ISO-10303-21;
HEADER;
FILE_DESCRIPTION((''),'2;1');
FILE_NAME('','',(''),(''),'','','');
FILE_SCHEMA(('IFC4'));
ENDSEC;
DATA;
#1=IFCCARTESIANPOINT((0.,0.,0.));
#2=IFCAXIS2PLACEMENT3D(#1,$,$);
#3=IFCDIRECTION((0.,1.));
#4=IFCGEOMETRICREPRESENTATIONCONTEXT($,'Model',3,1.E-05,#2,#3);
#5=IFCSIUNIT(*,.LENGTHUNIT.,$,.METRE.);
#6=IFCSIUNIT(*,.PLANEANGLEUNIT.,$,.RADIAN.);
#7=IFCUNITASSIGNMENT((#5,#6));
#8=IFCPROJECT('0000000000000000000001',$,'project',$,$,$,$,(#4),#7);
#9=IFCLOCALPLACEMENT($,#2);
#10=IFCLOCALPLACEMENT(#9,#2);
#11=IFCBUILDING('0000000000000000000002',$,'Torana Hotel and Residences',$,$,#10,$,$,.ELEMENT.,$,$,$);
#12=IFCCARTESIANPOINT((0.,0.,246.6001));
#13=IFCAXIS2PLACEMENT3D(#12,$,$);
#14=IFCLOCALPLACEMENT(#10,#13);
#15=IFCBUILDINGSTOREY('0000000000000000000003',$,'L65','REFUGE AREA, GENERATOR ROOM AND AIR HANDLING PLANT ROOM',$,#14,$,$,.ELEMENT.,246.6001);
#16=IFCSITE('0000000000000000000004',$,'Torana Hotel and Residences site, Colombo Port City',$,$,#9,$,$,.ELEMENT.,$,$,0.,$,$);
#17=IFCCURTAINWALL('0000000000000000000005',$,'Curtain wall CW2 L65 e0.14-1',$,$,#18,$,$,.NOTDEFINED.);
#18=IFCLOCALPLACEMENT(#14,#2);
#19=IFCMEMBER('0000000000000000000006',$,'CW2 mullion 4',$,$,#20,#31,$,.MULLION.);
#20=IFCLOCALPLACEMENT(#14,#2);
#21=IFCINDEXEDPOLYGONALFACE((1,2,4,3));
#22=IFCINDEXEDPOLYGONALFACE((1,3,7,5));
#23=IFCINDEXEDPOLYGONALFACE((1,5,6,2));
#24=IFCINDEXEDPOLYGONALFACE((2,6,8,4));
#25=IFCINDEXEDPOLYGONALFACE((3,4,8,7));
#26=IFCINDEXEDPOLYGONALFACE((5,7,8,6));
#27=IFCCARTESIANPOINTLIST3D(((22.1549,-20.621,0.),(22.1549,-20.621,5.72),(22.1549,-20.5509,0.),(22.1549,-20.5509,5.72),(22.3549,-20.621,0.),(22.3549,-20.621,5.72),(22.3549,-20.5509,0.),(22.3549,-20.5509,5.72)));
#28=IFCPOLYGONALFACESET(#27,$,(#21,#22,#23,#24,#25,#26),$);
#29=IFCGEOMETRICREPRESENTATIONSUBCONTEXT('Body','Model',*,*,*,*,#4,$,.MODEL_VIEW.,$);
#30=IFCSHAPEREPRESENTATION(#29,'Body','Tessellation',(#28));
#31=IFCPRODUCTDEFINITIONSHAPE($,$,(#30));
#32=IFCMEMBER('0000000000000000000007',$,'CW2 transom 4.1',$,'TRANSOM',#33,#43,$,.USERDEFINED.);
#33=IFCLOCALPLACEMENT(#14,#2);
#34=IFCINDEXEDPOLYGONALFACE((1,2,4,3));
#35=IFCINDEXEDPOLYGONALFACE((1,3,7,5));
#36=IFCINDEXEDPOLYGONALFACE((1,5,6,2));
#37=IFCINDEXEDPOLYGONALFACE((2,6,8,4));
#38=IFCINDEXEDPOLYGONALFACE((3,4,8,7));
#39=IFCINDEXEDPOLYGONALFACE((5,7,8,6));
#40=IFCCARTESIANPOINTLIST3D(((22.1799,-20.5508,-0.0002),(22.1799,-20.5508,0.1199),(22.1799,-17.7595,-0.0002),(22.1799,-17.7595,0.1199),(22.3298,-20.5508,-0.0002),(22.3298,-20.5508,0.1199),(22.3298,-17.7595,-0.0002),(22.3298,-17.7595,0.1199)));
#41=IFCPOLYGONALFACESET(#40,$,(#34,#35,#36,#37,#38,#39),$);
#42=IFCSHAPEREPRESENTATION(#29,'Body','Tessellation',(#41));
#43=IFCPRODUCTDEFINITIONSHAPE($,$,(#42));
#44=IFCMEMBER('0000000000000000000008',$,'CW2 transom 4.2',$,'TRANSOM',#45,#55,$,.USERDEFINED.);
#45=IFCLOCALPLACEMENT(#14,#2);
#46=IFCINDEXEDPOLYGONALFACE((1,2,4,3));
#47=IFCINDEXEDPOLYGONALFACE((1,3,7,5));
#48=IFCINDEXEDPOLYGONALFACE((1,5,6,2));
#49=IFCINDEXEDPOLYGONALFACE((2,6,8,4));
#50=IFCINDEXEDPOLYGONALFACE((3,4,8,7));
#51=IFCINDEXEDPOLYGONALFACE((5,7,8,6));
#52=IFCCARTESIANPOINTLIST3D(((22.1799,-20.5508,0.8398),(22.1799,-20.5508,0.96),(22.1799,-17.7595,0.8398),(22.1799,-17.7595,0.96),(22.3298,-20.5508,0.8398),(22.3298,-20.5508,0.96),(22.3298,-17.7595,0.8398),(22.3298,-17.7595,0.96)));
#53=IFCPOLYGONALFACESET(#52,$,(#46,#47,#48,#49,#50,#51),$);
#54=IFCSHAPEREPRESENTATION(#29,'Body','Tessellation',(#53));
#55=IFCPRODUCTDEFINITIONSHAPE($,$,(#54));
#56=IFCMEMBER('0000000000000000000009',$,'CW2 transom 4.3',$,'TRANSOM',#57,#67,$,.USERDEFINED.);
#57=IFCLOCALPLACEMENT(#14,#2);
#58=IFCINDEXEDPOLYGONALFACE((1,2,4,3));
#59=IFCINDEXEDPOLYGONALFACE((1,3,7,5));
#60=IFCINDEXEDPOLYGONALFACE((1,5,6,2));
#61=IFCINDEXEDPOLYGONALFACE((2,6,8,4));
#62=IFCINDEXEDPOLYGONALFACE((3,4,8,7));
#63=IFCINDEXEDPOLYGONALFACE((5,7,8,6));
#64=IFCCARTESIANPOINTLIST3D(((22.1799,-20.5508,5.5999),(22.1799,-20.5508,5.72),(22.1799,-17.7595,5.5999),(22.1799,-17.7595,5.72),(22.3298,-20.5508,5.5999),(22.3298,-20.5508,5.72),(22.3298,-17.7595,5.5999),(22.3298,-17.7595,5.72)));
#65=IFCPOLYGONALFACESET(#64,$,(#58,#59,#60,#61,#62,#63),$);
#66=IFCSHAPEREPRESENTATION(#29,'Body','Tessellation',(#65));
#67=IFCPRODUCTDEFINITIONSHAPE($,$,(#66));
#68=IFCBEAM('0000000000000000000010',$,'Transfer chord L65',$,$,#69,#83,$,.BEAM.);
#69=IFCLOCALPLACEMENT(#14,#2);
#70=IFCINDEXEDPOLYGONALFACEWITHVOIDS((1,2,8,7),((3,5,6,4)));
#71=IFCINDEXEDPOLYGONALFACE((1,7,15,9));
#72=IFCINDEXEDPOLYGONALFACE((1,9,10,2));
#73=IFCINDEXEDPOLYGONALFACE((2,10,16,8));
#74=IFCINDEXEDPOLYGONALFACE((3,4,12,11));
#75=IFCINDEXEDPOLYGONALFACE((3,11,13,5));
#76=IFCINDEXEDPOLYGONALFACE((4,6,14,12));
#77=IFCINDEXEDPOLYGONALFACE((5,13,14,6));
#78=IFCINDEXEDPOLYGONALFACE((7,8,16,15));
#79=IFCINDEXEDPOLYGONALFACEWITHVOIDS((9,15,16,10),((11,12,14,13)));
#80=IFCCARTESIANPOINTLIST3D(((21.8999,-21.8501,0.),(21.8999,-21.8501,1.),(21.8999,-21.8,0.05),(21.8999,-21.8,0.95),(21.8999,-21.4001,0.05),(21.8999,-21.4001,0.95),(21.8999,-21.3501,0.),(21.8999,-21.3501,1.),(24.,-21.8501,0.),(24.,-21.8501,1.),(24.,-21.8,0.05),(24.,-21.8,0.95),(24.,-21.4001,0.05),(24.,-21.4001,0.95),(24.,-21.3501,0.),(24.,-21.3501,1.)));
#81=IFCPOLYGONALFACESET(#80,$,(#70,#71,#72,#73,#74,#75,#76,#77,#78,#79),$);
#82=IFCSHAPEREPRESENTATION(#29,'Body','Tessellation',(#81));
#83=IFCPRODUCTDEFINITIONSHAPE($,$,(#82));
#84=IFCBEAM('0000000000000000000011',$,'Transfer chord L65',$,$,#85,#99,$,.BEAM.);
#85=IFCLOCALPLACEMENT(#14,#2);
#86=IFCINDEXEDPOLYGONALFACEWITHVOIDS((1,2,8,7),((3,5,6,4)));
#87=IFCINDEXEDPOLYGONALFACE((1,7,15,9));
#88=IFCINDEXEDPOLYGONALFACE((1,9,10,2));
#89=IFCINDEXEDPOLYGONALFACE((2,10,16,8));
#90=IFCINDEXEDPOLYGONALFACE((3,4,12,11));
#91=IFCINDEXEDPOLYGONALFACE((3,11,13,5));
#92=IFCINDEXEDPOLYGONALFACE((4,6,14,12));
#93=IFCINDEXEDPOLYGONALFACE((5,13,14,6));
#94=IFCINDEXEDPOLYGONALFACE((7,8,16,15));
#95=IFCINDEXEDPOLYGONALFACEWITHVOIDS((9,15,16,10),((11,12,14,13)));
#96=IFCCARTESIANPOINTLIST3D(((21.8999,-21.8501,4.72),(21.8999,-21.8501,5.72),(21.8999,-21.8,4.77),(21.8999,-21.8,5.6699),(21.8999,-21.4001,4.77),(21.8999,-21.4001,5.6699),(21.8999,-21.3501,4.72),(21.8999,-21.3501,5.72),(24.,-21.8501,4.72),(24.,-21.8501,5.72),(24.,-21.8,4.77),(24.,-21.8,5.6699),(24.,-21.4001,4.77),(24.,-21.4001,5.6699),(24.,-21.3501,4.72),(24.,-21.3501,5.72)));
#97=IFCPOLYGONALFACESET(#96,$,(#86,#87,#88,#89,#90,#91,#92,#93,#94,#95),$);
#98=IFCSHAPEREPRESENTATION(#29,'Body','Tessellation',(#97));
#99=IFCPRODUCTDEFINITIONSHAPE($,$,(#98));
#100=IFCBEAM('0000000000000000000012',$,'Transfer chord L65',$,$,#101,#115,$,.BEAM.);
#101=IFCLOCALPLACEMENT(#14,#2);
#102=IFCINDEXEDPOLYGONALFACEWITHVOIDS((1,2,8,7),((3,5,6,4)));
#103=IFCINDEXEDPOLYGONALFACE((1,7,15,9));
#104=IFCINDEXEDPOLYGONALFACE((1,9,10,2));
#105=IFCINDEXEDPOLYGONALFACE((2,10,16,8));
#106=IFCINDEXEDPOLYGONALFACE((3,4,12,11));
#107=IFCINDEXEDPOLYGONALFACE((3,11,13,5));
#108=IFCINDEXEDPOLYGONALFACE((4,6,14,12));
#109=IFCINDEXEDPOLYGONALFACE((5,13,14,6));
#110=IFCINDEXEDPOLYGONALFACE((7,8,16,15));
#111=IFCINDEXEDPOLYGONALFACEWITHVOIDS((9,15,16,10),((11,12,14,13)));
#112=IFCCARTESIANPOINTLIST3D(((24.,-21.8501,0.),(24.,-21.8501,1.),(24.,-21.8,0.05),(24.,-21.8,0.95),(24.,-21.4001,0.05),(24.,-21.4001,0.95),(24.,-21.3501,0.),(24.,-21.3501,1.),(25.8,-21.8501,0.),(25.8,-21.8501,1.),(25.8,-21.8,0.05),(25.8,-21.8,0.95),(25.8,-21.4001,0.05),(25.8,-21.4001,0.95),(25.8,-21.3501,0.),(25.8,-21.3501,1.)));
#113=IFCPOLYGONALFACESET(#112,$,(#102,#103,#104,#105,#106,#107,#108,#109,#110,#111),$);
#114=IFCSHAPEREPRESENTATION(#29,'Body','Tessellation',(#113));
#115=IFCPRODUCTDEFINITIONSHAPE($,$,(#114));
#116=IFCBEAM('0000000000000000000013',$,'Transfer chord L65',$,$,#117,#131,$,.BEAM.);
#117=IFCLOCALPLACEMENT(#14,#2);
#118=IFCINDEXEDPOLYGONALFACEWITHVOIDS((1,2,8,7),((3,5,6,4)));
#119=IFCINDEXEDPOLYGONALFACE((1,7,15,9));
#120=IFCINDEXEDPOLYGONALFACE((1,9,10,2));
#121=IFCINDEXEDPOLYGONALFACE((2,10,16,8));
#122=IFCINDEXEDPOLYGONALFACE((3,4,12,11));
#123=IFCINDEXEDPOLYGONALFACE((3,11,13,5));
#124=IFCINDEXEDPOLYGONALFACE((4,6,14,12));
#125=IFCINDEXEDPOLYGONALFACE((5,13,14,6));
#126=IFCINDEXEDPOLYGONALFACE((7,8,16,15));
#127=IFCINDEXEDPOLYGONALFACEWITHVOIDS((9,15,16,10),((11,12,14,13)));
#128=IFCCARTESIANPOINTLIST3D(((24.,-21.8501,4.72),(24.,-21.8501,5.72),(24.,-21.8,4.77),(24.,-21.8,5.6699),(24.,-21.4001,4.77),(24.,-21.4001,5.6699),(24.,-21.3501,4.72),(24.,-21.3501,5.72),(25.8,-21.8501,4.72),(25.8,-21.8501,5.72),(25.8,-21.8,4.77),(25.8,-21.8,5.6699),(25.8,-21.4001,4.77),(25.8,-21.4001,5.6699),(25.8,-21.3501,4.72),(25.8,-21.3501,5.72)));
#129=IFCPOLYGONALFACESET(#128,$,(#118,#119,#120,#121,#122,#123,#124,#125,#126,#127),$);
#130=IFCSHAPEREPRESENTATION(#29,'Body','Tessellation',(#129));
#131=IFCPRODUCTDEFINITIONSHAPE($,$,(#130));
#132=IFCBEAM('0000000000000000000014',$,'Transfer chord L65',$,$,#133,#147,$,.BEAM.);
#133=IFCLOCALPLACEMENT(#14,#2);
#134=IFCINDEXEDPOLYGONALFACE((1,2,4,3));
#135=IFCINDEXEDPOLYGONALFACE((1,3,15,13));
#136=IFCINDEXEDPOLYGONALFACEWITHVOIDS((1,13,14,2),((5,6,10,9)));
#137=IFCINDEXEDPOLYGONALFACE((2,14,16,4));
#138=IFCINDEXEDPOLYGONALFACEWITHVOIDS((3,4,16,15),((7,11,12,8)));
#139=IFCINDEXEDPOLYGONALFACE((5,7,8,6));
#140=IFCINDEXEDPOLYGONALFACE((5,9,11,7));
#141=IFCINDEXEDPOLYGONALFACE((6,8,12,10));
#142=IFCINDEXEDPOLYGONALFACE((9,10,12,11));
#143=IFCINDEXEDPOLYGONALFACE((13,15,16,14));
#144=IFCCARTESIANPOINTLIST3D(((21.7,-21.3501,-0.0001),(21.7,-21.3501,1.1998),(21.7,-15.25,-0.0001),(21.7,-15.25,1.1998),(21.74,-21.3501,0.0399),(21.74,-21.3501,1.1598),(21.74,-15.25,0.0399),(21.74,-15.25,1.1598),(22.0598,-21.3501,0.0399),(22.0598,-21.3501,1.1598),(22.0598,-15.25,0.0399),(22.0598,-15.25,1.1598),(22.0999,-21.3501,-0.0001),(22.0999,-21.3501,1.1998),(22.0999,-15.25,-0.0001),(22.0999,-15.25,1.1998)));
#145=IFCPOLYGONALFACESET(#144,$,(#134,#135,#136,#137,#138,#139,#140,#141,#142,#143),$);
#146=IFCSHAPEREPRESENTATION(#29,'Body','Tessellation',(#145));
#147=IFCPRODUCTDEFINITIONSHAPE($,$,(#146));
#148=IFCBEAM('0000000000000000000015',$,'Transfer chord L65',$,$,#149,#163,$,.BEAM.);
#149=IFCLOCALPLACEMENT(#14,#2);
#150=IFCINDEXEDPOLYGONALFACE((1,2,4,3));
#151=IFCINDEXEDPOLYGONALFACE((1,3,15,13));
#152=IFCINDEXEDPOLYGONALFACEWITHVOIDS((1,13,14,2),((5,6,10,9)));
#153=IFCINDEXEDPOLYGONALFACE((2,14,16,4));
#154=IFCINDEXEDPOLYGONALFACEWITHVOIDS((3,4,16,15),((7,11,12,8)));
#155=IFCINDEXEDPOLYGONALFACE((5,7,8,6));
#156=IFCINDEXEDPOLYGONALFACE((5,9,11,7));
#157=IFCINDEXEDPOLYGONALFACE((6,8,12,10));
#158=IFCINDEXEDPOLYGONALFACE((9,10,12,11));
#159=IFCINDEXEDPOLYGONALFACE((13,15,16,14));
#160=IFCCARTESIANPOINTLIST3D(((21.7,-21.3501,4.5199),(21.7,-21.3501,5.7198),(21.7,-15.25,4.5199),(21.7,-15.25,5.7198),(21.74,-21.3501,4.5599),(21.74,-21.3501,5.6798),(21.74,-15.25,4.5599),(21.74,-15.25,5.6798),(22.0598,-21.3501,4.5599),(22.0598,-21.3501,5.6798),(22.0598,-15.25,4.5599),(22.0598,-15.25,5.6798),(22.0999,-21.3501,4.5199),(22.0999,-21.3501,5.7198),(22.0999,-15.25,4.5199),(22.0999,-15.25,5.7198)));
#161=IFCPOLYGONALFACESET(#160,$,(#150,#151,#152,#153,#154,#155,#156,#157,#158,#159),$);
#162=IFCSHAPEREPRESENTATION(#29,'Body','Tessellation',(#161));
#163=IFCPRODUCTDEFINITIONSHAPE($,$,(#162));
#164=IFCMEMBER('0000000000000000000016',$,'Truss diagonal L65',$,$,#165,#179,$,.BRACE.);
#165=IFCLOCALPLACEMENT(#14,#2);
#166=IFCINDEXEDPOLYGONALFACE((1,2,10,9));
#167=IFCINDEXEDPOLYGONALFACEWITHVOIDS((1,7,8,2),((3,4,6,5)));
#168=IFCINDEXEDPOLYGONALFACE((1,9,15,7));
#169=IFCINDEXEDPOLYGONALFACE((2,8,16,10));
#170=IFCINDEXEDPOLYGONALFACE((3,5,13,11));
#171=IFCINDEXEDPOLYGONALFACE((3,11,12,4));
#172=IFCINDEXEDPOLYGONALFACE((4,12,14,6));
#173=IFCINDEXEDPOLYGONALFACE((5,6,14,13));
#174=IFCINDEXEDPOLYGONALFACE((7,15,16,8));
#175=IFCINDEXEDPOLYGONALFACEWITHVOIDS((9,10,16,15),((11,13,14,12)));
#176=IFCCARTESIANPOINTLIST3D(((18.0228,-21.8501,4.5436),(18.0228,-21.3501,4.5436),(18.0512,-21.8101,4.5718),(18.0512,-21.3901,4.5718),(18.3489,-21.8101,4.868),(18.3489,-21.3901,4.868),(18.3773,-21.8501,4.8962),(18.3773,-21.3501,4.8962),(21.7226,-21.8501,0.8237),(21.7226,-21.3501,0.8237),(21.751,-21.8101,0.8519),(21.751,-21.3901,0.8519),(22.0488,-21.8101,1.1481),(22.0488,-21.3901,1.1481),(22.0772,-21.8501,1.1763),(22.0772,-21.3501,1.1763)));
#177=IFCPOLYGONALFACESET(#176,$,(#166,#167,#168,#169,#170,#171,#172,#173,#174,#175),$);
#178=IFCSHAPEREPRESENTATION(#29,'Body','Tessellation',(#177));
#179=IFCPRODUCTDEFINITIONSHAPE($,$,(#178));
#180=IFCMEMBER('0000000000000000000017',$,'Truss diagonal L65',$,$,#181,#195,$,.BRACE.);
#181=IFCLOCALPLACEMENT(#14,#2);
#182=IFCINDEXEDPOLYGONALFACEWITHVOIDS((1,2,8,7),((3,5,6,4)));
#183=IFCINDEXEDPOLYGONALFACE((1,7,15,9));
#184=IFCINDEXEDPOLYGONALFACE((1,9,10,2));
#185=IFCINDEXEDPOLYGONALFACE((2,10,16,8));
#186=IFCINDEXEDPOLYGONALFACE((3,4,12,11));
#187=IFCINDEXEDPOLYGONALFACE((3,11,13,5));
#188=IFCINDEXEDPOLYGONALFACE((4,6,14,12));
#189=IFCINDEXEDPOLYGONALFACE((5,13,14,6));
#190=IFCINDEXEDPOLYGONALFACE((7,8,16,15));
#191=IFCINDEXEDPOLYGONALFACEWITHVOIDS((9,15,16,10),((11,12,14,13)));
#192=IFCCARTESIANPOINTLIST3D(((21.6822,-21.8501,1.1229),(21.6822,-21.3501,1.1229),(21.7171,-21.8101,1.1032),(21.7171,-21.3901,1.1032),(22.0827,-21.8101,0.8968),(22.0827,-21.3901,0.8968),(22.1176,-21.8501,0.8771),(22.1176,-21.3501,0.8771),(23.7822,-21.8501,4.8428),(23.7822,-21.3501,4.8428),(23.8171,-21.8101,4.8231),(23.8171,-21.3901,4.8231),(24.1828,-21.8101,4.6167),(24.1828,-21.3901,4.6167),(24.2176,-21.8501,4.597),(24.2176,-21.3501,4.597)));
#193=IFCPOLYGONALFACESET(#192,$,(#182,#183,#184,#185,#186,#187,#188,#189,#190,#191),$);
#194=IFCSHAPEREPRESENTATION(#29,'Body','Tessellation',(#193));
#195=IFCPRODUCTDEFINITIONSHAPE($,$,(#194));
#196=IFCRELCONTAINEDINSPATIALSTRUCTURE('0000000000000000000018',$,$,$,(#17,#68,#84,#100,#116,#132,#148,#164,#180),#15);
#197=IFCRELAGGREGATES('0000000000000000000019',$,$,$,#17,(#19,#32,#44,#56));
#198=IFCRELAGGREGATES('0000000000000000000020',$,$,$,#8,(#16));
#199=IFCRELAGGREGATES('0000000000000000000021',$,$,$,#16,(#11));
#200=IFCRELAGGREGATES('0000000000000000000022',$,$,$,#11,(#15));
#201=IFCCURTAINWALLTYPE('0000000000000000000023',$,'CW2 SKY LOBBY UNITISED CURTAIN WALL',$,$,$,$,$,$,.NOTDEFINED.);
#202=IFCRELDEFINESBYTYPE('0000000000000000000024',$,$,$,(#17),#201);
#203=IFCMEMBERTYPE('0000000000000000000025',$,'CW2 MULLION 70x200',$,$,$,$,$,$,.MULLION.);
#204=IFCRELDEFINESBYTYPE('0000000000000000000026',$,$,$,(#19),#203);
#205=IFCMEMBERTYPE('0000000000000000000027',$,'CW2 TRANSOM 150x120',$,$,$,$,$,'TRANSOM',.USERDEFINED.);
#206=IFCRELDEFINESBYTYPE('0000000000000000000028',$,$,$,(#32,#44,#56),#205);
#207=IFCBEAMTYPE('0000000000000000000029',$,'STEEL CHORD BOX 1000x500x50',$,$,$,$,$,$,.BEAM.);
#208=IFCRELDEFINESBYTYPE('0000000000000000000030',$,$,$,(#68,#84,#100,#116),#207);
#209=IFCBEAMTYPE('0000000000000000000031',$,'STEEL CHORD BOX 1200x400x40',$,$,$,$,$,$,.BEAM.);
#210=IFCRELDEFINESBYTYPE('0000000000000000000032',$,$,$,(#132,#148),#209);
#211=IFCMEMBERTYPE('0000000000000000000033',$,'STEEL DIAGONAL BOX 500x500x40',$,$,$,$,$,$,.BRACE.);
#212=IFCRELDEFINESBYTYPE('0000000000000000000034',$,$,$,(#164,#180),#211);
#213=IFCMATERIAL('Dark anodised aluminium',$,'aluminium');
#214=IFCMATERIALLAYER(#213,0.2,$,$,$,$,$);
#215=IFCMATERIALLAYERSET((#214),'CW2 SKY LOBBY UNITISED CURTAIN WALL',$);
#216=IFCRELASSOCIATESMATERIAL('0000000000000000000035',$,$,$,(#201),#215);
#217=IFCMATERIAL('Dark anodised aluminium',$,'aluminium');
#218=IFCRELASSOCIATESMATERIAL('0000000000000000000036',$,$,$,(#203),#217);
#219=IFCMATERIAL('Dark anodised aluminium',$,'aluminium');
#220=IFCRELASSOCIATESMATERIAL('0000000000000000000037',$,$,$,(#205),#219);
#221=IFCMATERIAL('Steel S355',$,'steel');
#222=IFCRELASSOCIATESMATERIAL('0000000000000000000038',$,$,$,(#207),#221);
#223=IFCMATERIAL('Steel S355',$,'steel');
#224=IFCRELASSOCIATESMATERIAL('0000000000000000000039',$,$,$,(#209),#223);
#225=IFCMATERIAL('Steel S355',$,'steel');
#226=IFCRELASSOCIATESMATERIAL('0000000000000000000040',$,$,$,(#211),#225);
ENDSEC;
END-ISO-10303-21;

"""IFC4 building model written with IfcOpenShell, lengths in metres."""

from ifc_helpers import new_model, si_unit, direction, frame, origin, origin_2d, place, context, subcontext, project, spatial, rectangle, hollow_rectangle, extrude, material, layer, layer_set, material_profile, profile_set, type_object, element, aggregate, save


model = new_model("IFC4")

# Units and contexts
model_context = context("Model", 3, precision=1e-05, world=origin(), true_north=direction((0.0, 1.0)))
body_context = subcontext(model_context, "Body", "Model", "MODEL_VIEW")
ifc_project = project(units=[si_unit("LENGTHUNIT", "METRE"), si_unit("PLANEANGLEUNIT", "RADIAN")], contexts=[model_context])

# Site, building, storey
site_placement = place(None, origin())
site = spatial("IfcSite", under=ifc_project, at=site_placement, Name="Torana Hotel and Residences site, Colombo Port City", CompositionType="ELEMENT", RefElevation=0.0)
building_placement = place(site_placement, origin())
building = spatial("IfcBuilding", under=site, at=building_placement, Name="Torana Hotel and Residences", CompositionType="ELEMENT")
storey_placement = place(building_placement, frame((0.0, 0.0, 246.6001)))
storey = spatial("IfcBuildingStorey", under=building, at=storey_placement, Name="L65", Description="REFUGE AREA, GENERATOR ROOM AND AIR HANDLING PLANT ROOM", CompositionType="ELEMENT", Elevation=246.6001)

# Curtain wall, members
ifc_material_1 = material(Name="Dark anodised aluminium", Category="aluminium")
ifc_layer_1 = layer(ifc_material_1, 0.2)
ifc_layer_set_1 = layer_set([ifc_layer_1], Name="CW2 SKY LOBBY UNITISED CURTAIN WALL")
curtain_wall_type = type_object("IfcCurtainWallType", Name="CW2 SKY LOBBY UNITISED CURTAIN WALL", PredefinedType="NOTDEFINED", material=ifc_layer_set_1)
curtain_wall_placement = place(storey_placement, origin())
curtain_wall = element("IfcCurtainWall", 1, at=curtain_wall_placement, inside=storey, type_object=curtain_wall_type, Name="Curtain wall CW2 L65 e0.14-1", PredefinedType="NOTDEFINED")
ifc_material_2 = material(Name="Dark anodised aluminium", Category="aluminium")
ifc_material_profile_1 = material_profile(ifc_material_2, rectangle(XDim=0.2, YDim=0.0701, at=origin_2d()), Name="CW2 MULLION 70x200")
ifc_profile_set_1 = profile_set([ifc_material_profile_1], Name="Dark anodised aluminium")
member_type_1 = type_object("IfcMemberType", Name="CW2 MULLION 70x200", PredefinedType="MULLION", material=ifc_profile_set_1)
member_1_placement = place(storey_placement, frame((22.2549, -20.5859, 0.0), z_axis=(0.0, 0.0, 1.0), x_axis=(-1.0, 0.0, 0.0)))
member_1 = element("IfcMember", 2, at=member_1_placement, type_object=member_type_1, Name="CW2 mullion 4", PredefinedType="MULLION", context=body_context, shape_type="SweptSolid", body=[
    extrude(rectangle(XDim=0.2, YDim=0.0701, at=origin_2d()), origin(), (0.0, 0.0, 1.0), 5.72),
])
ifc_material_3 = material(Name="Dark anodised aluminium", Category="aluminium")
ifc_material_profile_2 = material_profile(ifc_material_3, rectangle(XDim=0.1499, YDim=0.1201, at=origin_2d()), Name="CW2 TRANSOM 150x120")
ifc_profile_set_2 = profile_set([ifc_material_profile_2], Name="Dark anodised aluminium")
member_type_2 = type_object("IfcMemberType", Name="CW2 TRANSOM 150x120", ElementType="TRANSOM", PredefinedType="USERDEFINED", material=ifc_profile_set_2)
member_2_placement = place(storey_placement, frame((22.2549, -20.5508, 0.0598), z_axis=(0.0, 1.0, 0.0), x_axis=(-1.0, 0.0, 0.0)))
member_2 = element("IfcMember", 3, at=member_2_placement, type_object=member_type_2, Name="CW2 transom 4.1", ObjectType="TRANSOM", PredefinedType="USERDEFINED", context=body_context, shape_type="SweptSolid", body=[
    extrude(rectangle(XDim=0.1499, YDim=0.1201, at=origin_2d()), origin(), (0.0, 0.0, 1.0), 2.7913),
])
member_3_placement = place(storey_placement, frame((22.2549, -20.5508, 0.8999), z_axis=(0.0, 1.0, 0.0), x_axis=(-1.0, 0.0, 0.0)))
member_3 = element("IfcMember", 4, at=member_3_placement, type_object=member_type_2, Name="CW2 transom 4.2", ObjectType="TRANSOM", PredefinedType="USERDEFINED", context=body_context, shape_type="SweptSolid", body=[
    extrude(rectangle(XDim=0.1499, YDim=0.1201, at=origin_2d()), origin(), (0.0, 0.0, 1.0), 2.7913),
])
member_4_placement = place(storey_placement, frame((22.2549, -20.5508, 5.6599), z_axis=(0.0, 1.0, 0.0), x_axis=(-1.0, 0.0, 0.0)))
member_4 = element("IfcMember", 5, at=member_4_placement, type_object=member_type_2, Name="CW2 transom 4.3", ObjectType="TRANSOM", PredefinedType="USERDEFINED", context=body_context, shape_type="SweptSolid", body=[
    extrude(rectangle(XDim=0.1499, YDim=0.1201, at=origin_2d()), origin(), (0.0, 0.0, 1.0), 2.7913),
])

# Beams
ifc_material_4 = material(Name="Steel S355", Category="steel")
ifc_material_profile_3 = material_profile(ifc_material_4, hollow_rectangle(XDim=0.5, YDim=1.0, WallThickness=0.05, at=origin_2d()), Name="BOX 1000x500x50")
ifc_profile_set_3 = profile_set([ifc_material_profile_3], Name="Steel S355")
beam_type_1 = type_object("IfcBeamType", Name="STEEL CHORD BOX 1000x500x50", PredefinedType="BEAM", material=ifc_profile_set_3)
for number, where, z_axis, x_axis, name in (
    (6, (21.8999, -21.6001, 0.5), (1.0, 0.0, 0.0), (0.0, 1.0, 0.0), "Transfer chord L65"),
    (7, (21.8999, -21.6001, 5.22), (1.0, 0.0, 0.0), (0.0, 1.0, 0.0), "Transfer chord L65"),
):
    element("IfcBeam", number, at=place(storey_placement, frame(where, z_axis=z_axis, x_axis=x_axis)), inside=storey, type_object=beam_type_1, Name=name, PredefinedType="BEAM", context=body_context, shape_type="SweptSolid", body=[
        extrude(hollow_rectangle(XDim=0.5, YDim=1.0, WallThickness=0.05, at=origin_2d()), origin(), (0.0, 0.0, 1.0), 2.1001),
    ])
for number, where, z_axis, x_axis, name in (
    (8, (24.0, -21.6001, 0.5), (1.0, 0.0, 0.0), (0.0, 1.0, 0.0), "Transfer chord L65"),
    (9, (24.0, -21.6001, 5.22), (1.0, 0.0, 0.0), (0.0, 1.0, 0.0), "Transfer chord L65"),
):
    element("IfcBeam", number, at=place(storey_placement, frame(where, z_axis=z_axis, x_axis=x_axis)), inside=storey, type_object=beam_type_1, Name=name, PredefinedType="BEAM", context=body_context, shape_type="SweptSolid", body=[
        extrude(hollow_rectangle(XDim=0.5, YDim=1.0, WallThickness=0.05, at=origin_2d()), origin(), (0.0, 0.0, 1.0), 1.8),
    ])
ifc_material_5 = material(Name="Steel S355", Category="steel")
ifc_material_profile_4 = material_profile(ifc_material_5, hollow_rectangle(XDim=0.3999, YDim=1.2, WallThickness=0.04, at=origin_2d()), Name="BOX 1200x400x40")
ifc_profile_set_4 = profile_set([ifc_material_profile_4], Name="Steel S355")
beam_type_2 = type_object("IfcBeamType", Name="STEEL CHORD BOX 1200x400x40", PredefinedType="BEAM", material=ifc_profile_set_4)
for number, where, z_axis, x_axis, name in (
    (10, (21.8999, -21.3501, 0.5999), (0.0, 1.0, 0.0), (-1.0, 0.0, 0.0), "Transfer chord L65"),
    (11, (21.8999, -21.3501, 5.1199), (0.0, 1.0, 0.0), (-1.0, 0.0, 0.0), "Transfer chord L65"),
):
    element("IfcBeam", number, at=place(storey_placement, frame(where, z_axis=z_axis, x_axis=x_axis)), inside=storey, type_object=beam_type_2, Name=name, PredefinedType="BEAM", context=body_context, shape_type="SweptSolid", body=[
        extrude(hollow_rectangle(XDim=0.3999, YDim=1.2, WallThickness=0.04, at=origin_2d()), origin(), (0.0, 0.0, 1.0), 6.1001),
    ])

# Members
ifc_material_6 = material(Name="Steel S355", Category="steel")
ifc_material_profile_5 = material_profile(ifc_material_6, hollow_rectangle(XDim=0.5, YDim=0.5, WallThickness=0.04, at=origin_2d()), Name="BOX 500x500x40")
ifc_profile_set_5 = profile_set([ifc_material_profile_5], Name="Steel S355")
member_type_3 = type_object("IfcMemberType", Name="STEEL DIAGONAL BOX 500x500x40", PredefinedType="BRACE", material=ifc_profile_set_5)
member_5_placement = place(storey_placement, frame((21.8999, -21.6001, 1.0), z_axis=(-0.705196, 0.0, 0.709012), x_axis=(0.0, -1.0, 0.0)))
element("IfcMember", 12, at=member_5_placement, inside=storey, type_object=member_type_3, Name="Truss diagonal L65", PredefinedType="BRACE", context=body_context, shape_type="SweptSolid", body=[
    extrude(hollow_rectangle(XDim=0.5, YDim=0.5, WallThickness=0.04, at=origin_2d()), origin(), (0.0, 0.0, 1.0), 5.2466),
])
for number, where, z_axis, x_axis, name in (
    (13, (21.8999, -21.6001, 1.0), (0.491615, 0.0, 0.870813), (0.0, 1.0, 0.0), "Truss diagonal L65"),
):
    element("IfcMember", number, at=place(storey_placement, frame(where, z_axis=z_axis, x_axis=x_axis)), inside=storey, type_object=member_type_3, Name=name, PredefinedType="BRACE", context=body_context, shape_type="SweptSolid", body=[
        extrude(hollow_rectangle(XDim=0.5, YDim=0.5, WallThickness=0.04, at=origin_2d()), origin(), (0.0, 0.0, 1.0), 4.2717),
    ])

aggregate(curtain_wall, [member_1, member_2, member_3, member_4])

save(model, "model.ifc")
